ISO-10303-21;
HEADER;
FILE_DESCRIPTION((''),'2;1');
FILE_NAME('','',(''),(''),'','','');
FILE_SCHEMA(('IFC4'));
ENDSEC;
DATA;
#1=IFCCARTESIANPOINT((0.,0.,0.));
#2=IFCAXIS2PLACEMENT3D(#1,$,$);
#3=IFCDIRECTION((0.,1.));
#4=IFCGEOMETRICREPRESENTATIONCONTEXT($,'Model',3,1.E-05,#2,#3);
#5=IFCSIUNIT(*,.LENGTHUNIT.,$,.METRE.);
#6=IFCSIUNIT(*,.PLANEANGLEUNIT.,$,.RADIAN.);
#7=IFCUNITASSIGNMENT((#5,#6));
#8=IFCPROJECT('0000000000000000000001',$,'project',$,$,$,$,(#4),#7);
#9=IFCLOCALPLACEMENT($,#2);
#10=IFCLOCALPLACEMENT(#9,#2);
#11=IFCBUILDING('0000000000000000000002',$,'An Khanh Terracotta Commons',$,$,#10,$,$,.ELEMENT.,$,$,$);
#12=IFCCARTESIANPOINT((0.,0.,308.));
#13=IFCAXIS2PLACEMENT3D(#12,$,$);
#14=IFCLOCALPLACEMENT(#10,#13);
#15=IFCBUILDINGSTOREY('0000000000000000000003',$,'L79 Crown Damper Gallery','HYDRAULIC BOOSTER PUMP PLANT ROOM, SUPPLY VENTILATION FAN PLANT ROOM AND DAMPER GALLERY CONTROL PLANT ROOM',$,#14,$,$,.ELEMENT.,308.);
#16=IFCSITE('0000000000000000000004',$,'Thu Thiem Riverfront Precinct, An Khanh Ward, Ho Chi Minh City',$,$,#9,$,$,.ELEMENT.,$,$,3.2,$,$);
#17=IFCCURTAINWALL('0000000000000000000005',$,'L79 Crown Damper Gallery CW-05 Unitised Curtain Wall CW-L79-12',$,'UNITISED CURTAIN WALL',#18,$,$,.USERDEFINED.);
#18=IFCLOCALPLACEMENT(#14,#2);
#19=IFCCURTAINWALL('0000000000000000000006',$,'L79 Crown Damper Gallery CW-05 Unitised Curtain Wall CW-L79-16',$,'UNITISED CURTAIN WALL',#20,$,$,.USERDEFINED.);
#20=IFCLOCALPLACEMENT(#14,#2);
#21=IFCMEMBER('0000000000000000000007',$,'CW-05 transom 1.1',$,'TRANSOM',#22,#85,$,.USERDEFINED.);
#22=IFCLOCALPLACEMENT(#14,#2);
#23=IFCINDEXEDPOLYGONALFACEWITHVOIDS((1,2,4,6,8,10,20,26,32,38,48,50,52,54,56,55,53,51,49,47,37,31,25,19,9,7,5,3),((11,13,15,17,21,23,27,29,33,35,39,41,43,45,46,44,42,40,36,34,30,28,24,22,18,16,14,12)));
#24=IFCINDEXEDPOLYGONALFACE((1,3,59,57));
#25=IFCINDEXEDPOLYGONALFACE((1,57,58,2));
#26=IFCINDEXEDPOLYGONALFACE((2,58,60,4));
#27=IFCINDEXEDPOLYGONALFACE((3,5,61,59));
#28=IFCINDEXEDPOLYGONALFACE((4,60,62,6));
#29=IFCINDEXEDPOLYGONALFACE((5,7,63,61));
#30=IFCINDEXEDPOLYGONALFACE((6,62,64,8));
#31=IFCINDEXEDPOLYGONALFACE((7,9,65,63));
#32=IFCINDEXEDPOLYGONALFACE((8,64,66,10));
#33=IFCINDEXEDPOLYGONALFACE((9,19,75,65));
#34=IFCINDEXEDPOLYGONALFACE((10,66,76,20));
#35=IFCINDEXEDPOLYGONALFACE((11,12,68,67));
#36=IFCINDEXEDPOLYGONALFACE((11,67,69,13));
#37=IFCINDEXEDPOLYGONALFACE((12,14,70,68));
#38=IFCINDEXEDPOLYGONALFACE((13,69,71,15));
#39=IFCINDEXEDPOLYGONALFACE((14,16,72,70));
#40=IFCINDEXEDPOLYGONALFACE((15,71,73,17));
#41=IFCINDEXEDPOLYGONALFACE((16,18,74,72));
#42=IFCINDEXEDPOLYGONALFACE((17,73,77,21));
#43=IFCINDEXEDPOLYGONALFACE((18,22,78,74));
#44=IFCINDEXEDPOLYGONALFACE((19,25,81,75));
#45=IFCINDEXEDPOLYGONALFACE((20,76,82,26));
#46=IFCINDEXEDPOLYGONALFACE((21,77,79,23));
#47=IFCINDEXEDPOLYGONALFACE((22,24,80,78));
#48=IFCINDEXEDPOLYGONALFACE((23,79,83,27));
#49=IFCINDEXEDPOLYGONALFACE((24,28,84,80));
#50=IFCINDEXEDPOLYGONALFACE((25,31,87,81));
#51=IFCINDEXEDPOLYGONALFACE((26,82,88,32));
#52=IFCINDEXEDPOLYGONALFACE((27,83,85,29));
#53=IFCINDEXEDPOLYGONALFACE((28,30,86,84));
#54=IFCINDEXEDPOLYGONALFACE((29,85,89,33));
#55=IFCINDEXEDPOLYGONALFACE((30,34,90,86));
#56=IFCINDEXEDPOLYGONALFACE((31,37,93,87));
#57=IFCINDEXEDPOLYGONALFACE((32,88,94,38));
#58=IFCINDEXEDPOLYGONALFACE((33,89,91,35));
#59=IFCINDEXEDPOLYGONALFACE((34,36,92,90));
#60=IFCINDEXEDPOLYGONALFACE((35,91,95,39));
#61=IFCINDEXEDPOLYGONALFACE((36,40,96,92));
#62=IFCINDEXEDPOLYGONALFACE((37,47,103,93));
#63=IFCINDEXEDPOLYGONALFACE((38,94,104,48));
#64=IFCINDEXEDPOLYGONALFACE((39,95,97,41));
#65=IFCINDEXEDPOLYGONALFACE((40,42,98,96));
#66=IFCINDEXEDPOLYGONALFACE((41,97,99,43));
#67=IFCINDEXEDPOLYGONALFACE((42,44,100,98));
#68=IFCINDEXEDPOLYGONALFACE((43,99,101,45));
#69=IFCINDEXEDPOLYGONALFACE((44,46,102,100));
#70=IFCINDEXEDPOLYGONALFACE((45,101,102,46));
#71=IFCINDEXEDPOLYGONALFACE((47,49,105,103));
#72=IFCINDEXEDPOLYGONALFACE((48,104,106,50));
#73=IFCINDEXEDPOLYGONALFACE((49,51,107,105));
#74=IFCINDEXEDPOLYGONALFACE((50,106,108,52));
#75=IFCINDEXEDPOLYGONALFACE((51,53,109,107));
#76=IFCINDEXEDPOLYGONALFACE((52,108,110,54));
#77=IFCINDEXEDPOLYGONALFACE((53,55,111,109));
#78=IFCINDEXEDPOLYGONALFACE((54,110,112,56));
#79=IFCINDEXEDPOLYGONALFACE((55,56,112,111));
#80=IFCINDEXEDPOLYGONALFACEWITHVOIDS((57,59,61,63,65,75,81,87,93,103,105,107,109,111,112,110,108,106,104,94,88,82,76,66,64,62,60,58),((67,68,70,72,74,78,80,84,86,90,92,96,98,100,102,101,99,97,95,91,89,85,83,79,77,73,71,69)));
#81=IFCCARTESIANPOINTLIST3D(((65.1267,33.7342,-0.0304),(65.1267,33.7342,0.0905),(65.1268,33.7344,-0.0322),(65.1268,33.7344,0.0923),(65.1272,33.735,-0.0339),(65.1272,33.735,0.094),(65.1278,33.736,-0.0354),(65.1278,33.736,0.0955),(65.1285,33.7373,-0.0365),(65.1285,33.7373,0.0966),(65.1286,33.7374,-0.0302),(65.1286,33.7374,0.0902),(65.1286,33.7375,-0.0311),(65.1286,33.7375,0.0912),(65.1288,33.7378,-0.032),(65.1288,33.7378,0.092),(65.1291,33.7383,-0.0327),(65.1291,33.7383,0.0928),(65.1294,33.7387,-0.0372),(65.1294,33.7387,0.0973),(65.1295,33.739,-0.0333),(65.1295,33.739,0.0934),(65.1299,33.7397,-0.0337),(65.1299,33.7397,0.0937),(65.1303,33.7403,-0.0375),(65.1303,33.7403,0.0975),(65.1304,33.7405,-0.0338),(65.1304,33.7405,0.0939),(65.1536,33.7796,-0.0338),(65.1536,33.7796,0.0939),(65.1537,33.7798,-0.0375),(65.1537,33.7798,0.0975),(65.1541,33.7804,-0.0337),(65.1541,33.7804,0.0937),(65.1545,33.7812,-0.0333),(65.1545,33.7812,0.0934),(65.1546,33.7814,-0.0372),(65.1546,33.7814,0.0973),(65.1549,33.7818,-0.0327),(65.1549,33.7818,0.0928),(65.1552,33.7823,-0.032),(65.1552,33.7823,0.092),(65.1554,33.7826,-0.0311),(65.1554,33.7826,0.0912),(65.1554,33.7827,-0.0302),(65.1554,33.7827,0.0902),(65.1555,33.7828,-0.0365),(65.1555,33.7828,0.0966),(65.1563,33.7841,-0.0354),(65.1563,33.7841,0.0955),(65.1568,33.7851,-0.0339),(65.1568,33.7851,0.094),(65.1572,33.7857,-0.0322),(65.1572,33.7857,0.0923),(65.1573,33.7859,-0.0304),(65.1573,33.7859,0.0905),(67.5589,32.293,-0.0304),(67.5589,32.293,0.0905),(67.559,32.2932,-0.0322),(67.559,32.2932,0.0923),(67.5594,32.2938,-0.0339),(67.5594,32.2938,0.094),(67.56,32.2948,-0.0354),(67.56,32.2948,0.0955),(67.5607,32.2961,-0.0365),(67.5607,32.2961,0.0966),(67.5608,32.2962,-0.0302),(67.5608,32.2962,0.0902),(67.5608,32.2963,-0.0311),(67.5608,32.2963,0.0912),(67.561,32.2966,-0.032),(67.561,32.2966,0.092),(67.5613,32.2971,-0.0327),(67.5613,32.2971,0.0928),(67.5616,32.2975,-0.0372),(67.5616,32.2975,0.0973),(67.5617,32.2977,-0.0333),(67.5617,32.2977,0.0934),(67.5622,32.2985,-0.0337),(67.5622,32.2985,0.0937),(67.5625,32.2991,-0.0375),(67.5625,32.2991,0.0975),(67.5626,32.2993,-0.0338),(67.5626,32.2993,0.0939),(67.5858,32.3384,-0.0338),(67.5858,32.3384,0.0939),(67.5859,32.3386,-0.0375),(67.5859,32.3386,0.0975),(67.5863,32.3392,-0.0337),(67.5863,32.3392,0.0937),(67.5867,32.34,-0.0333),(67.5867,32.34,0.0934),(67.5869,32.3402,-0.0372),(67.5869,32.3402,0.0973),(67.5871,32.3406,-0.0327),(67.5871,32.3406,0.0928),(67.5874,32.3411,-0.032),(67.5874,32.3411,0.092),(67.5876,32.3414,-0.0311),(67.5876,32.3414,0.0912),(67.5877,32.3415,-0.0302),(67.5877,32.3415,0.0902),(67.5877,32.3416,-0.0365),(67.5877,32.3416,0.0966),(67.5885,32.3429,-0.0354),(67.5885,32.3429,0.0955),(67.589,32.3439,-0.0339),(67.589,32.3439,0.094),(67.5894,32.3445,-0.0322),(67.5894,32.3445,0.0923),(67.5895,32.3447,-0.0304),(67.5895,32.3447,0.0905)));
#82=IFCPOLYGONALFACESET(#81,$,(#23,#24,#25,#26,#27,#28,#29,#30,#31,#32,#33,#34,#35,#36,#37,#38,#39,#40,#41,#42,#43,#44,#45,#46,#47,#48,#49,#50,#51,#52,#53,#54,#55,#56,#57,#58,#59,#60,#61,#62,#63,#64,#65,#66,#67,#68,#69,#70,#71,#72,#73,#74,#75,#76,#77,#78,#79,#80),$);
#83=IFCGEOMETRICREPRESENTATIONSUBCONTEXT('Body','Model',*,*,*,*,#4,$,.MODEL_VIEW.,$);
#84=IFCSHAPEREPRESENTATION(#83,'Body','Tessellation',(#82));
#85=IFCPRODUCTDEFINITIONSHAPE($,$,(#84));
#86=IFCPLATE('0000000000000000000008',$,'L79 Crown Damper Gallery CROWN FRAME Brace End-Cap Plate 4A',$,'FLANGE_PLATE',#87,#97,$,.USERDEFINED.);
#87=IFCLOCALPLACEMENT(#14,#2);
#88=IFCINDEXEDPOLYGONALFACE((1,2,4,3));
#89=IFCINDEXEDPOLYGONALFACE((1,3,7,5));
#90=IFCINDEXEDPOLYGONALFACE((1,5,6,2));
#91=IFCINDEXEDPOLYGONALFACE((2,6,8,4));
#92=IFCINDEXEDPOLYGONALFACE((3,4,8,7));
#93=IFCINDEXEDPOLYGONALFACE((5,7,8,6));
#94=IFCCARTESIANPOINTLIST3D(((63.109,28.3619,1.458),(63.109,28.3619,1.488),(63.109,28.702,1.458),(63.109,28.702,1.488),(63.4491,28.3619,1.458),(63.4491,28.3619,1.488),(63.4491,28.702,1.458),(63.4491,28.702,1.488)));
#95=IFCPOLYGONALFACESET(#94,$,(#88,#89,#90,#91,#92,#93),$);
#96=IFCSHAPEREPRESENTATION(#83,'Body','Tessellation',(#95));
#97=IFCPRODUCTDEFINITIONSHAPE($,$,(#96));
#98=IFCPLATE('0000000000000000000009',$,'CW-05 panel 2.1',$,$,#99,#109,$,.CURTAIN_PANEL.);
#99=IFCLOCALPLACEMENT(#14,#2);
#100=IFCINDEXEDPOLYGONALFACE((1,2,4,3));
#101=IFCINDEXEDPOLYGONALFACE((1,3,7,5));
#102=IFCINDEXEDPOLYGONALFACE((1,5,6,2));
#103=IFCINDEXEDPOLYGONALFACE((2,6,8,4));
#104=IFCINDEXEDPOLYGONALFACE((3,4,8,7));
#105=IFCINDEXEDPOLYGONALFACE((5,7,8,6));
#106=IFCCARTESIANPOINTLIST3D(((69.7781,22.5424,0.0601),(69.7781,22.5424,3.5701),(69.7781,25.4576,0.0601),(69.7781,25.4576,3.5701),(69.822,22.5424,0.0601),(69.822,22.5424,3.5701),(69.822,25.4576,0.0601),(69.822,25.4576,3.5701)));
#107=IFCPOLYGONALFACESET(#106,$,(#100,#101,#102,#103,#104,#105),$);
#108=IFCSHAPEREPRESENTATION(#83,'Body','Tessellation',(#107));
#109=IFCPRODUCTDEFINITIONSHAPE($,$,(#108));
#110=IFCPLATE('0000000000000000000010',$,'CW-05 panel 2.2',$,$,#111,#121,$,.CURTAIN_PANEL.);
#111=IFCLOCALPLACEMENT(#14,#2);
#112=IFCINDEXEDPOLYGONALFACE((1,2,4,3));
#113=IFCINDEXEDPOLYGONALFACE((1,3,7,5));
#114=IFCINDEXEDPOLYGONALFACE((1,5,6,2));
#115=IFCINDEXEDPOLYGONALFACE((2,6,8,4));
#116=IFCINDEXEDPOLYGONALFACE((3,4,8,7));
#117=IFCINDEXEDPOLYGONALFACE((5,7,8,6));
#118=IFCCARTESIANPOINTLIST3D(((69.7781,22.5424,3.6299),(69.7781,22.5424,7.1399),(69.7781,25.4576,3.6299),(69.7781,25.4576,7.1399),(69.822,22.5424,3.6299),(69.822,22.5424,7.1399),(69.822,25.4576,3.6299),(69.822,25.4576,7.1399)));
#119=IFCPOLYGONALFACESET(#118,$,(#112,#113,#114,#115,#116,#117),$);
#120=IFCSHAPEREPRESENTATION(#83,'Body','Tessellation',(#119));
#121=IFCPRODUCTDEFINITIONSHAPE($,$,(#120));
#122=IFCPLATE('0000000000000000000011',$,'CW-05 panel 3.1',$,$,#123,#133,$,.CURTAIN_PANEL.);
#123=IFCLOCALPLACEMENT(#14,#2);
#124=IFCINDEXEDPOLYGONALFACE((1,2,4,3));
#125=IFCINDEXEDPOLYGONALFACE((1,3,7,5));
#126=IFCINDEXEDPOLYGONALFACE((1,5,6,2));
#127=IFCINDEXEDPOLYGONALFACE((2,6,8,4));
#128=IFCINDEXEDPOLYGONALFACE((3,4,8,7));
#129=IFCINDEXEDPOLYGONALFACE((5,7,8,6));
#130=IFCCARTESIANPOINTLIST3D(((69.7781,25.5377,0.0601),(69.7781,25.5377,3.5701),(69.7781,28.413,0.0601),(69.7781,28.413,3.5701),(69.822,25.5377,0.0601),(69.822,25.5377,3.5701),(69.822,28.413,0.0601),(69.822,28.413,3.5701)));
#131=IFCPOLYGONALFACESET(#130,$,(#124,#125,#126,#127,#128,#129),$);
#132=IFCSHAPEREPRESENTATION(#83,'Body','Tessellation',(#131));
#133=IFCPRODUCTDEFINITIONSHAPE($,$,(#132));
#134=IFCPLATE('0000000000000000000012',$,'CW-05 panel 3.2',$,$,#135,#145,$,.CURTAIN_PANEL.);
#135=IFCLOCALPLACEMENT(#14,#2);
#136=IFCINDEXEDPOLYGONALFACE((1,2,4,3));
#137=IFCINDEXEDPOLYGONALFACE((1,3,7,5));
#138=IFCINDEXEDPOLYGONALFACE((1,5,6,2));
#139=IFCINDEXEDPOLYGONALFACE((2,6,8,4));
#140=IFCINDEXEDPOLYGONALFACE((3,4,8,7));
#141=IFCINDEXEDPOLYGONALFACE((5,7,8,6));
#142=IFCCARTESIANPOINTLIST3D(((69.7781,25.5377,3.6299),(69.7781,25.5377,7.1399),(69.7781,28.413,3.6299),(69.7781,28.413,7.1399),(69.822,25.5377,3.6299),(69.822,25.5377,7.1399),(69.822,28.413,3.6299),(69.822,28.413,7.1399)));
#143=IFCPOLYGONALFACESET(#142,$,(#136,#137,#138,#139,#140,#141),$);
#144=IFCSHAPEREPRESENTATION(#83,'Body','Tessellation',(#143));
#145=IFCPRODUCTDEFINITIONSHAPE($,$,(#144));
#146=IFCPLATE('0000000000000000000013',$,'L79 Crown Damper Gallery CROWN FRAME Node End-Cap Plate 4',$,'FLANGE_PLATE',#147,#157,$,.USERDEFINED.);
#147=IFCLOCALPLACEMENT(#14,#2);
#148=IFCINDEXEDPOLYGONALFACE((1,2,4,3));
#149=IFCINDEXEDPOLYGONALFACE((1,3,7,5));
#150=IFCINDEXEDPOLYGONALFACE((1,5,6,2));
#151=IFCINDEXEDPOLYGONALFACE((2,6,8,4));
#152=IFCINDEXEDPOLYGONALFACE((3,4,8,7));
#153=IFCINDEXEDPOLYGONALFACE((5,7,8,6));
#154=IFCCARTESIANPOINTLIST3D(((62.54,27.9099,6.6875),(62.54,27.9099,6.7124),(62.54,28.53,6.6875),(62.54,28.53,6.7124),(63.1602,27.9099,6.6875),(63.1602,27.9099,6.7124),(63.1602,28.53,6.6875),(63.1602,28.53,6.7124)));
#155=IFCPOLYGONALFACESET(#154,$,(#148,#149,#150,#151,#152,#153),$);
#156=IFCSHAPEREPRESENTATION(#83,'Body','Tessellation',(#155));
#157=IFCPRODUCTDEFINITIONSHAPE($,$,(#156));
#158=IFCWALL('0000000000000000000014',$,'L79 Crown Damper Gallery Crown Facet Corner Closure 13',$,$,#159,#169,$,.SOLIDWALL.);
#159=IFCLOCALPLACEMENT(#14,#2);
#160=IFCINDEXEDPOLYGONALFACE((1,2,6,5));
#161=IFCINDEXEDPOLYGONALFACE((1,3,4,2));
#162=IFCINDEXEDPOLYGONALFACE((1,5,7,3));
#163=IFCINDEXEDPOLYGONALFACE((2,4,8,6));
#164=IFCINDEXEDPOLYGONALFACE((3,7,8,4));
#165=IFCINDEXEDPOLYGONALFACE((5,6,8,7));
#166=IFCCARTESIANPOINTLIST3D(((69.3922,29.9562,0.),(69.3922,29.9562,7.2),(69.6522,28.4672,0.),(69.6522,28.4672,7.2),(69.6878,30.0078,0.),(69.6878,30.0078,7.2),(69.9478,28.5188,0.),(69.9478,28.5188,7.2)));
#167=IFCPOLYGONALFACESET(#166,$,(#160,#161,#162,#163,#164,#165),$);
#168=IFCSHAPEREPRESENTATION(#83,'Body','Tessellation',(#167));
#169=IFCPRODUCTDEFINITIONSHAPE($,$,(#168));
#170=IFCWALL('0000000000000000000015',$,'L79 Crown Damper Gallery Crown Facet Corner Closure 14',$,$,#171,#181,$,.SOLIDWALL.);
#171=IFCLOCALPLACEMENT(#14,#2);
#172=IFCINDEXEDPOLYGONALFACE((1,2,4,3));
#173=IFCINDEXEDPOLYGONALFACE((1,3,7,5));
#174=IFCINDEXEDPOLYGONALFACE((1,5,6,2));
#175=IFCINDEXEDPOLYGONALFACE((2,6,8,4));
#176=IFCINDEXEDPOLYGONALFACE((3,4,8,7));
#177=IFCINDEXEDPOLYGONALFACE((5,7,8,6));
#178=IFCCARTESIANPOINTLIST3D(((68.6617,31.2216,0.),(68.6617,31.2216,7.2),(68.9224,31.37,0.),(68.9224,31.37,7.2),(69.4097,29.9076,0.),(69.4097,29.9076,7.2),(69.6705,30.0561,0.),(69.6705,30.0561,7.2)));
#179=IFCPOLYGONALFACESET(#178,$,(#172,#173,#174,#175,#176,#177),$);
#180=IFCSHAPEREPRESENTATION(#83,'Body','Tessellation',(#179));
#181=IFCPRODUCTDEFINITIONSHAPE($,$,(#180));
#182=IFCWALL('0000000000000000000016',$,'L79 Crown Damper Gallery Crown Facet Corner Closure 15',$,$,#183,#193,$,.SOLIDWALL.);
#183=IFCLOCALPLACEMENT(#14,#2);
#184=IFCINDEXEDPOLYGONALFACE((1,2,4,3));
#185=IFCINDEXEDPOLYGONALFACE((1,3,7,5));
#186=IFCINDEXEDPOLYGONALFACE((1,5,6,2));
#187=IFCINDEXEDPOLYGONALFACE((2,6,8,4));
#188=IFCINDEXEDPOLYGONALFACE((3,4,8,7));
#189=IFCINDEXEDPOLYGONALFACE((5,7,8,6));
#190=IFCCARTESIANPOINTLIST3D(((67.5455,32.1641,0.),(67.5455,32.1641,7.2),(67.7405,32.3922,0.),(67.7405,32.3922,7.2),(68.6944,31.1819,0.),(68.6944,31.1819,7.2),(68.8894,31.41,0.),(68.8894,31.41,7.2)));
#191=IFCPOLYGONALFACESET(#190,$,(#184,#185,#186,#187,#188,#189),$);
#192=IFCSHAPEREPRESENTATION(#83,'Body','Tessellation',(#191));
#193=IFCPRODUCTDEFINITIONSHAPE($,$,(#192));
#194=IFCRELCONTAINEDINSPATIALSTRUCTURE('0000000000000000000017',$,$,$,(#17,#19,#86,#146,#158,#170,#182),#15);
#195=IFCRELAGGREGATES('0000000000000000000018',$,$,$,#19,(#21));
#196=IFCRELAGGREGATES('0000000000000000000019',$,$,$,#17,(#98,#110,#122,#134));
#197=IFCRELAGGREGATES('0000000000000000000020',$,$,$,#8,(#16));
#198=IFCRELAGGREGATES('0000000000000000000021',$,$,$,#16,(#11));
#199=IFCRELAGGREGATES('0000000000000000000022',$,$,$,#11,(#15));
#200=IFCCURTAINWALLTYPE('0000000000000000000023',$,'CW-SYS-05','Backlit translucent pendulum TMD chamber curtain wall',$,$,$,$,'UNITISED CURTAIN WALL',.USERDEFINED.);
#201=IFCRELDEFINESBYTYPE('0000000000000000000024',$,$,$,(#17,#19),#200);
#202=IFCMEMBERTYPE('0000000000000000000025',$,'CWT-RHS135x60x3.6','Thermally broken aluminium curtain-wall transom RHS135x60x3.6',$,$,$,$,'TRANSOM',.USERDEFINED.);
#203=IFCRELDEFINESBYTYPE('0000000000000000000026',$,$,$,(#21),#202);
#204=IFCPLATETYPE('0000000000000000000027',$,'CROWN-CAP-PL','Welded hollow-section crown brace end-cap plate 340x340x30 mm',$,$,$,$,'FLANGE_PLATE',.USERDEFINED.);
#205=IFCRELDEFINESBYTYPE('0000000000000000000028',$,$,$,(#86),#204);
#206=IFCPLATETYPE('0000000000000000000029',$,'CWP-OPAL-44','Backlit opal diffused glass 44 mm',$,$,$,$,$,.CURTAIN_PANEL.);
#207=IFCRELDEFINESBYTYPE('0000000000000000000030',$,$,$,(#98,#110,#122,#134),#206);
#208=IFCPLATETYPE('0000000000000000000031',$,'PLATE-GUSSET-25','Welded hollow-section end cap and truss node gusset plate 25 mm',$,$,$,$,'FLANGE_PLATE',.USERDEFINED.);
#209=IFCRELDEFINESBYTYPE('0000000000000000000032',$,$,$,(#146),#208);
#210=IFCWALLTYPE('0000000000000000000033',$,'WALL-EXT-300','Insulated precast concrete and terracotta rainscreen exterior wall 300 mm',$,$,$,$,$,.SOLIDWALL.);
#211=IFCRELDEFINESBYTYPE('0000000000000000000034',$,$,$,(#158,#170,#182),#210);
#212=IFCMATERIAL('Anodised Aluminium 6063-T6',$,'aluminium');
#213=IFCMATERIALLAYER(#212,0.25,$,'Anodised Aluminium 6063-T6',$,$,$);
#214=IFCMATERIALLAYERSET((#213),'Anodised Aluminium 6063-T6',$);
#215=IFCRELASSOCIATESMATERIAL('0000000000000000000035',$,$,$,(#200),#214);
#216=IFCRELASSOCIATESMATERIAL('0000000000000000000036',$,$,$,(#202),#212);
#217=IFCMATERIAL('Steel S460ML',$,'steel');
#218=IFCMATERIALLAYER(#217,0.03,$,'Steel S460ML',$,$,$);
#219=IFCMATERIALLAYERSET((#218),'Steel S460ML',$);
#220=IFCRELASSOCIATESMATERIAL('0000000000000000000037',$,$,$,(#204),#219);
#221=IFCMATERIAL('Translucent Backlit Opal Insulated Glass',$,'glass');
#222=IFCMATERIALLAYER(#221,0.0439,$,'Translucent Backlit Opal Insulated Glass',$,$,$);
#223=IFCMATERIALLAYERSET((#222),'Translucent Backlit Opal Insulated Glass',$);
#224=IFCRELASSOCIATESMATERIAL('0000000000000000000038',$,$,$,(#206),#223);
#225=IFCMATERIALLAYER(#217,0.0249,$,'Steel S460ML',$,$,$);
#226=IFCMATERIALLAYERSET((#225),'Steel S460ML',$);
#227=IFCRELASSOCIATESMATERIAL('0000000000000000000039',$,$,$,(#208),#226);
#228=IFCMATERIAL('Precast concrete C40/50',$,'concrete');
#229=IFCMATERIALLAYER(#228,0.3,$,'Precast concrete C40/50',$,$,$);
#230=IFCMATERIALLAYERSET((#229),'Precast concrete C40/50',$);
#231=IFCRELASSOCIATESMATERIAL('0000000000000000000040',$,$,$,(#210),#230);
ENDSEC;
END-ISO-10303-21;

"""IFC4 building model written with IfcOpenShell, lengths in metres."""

from ifc_helpers import new_model, si_unit, direction, frame, frame_2d, origin, origin_2d, place, context, subcontext, project, spatial, rectangle, hollow_rectangle, extrude, material, layer, layer_set, material_profile, profile_set, type_object, element, aggregate, save


model = new_model("IFC4")

# Units and contexts
model_context = context("Model", 3, precision=1e-05, world=origin(), true_north=direction((0.0, 1.0)))
body_context = subcontext(model_context, "Body", "Model", "MODEL_VIEW")
ifc_project = project(units=[si_unit("LENGTHUNIT", "METRE"), si_unit("PLANEANGLEUNIT", "RADIAN")], contexts=[model_context])

# Site, building, storey
site_placement = place(None, origin())
site = spatial("IfcSite", under=ifc_project, at=site_placement, Name="Thu Thiem Riverfront Precinct, An Khanh Ward, Ho Chi Minh City", CompositionType="ELEMENT", RefElevation=3.2)
building_placement = place(site_placement, origin())
building = spatial("IfcBuilding", under=site, at=building_placement, Name="An Khanh Terracotta Commons", CompositionType="ELEMENT")
storey_placement = place(building_placement, frame((0.0, 0.0, 308.0)))
storey = spatial("IfcBuildingStorey", under=building, at=storey_placement, Name="L79 Crown Damper Gallery", Description="HYDRAULIC BOOSTER PUMP PLANT ROOM, SUPPLY VENTILATION FAN PLANT ROOM AND DAMPER GALLERY CONTROL PLANT ROOM", CompositionType="ELEMENT", Elevation=308.0)

# Shared definitions
ifc_material_1 = material(Name="Steel S460ML", Category="steel")

# Curtain wall
ifc_material_2 = material(Name="Anodised Aluminium 6063-T6", Category="aluminium")
ifc_layer_1 = layer(ifc_material_2, 0.25, Name="Anodised Aluminium 6063-T6")
ifc_layer_set_1 = layer_set([ifc_layer_1], Name="Anodised Aluminium 6063-T6")
curtain_wall_type = type_object("IfcCurtainWallType", Name="CW-SYS-05", Description="Backlit translucent pendulum TMD chamber curtain wall", ElementType="UNITISED CURTAIN WALL", PredefinedType="USERDEFINED", material=ifc_layer_set_1)
curtain_wall_1_placement = place(storey_placement, origin())
curtain_wall_1 = element("IfcCurtainWall", 1, at=curtain_wall_1_placement, inside=storey, type_object=curtain_wall_type, Name="L79 Crown Damper Gallery CW-05 Unitised Curtain Wall CW-L79-12", ObjectType="UNITISED CURTAIN WALL", PredefinedType="USERDEFINED")

# Curtain wall
curtain_wall_2_placement = place(storey_placement, origin())
curtain_wall_2 = element("IfcCurtainWall", 2, at=curtain_wall_2_placement, inside=storey, type_object=curtain_wall_type, Name="L79 Crown Damper Gallery CW-05 Unitised Curtain Wall CW-L79-16", ObjectType="UNITISED CURTAIN WALL", PredefinedType="USERDEFINED")

# Member
ifc_material_profile_1 = material_profile(ifc_material_2, hollow_rectangle(XDim=0.0601, YDim=0.135, WallThickness=0.0037, InnerFilletRadius=0.0037, OuterFilletRadius=0.0071, at=origin_2d()), Name="RHS135x60x3.6")
ifc_profile_set_1 = profile_set([ifc_material_profile_1], Name="Anodised Aluminium 6063-T6")
member_type_1 = type_object("IfcMemberType", Name="CWT-RHS135x60x3.6", Description="Thermally broken aluminium curtain-wall transom RHS135x60x3.6", ElementType="TRANSOM", PredefinedType="USERDEFINED", material=ifc_profile_set_1)
member_1_placement = place(storey_placement, frame((67.5742, 32.3188, 0.03), z_axis=(-0.860307, 0.509776, 0.0), x_axis=(-0.509776, -0.860307, 0.0)))
member_1 = element("IfcMember", 3, at=member_1_placement, type_object=member_type_1, Name="CW-05 transom 1.1", ObjectType="TRANSOM", PredefinedType="USERDEFINED", context=body_context, shape_type="SweptSolid", body=[
    extrude(hollow_rectangle(XDim=0.0601, YDim=0.135, WallThickness=0.0037, InnerFilletRadius=0.0037, OuterFilletRadius=0.0071, at=origin_2d()), origin(), (0.0, 0.0, 1.0), 2.8271),
])
aggregate(curtain_wall_2, [member_1])

# Plates
ifc_layer_2 = layer(ifc_material_1, 0.03, Name="Steel S460ML")
ifc_layer_set_2 = layer_set([ifc_layer_2], Name="Steel S460ML")
plate_type_1 = type_object("IfcPlateType", Name="CROWN-CAP-PL", Description="Welded hollow-section crown brace end-cap plate 340x340x30 mm", ElementType="FLANGE_PLATE", PredefinedType="USERDEFINED", material=ifc_layer_set_2)
plate_1_placement = place(storey_placement, frame((63.2791, 28.532, 1.458), z_axis=(0.0, 0.0, 1.0), x_axis=(1.0, 0.0, 0.0)))
element("IfcPlate", 4, at=plate_1_placement, inside=storey, type_object=plate_type_1, Name="L79 Crown Damper Gallery CROWN FRAME Brace End-Cap Plate 4A", ObjectType="FLANGE_PLATE", PredefinedType="USERDEFINED", context=body_context, shape_type="SweptSolid", body=[
    extrude(rectangle(XDim=0.3401, YDim=0.3401, at=origin_2d()), origin(), (0.0, 0.0, 1.0), 0.03),
])
ifc_material_3 = material(Name="Translucent Backlit Opal Insulated Glass", Category="glass")
ifc_layer_3 = layer(ifc_material_3, 0.0439, Name="Translucent Backlit Opal Insulated Glass")
ifc_layer_set_3 = layer_set([ifc_layer_3], Name="Translucent Backlit Opal Insulated Glass")
plate_type_2 = type_object("IfcPlateType", Name="CWP-OPAL-44", Description="Backlit opal diffused glass 44 mm", PredefinedType="CURTAIN_PANEL", material=ifc_layer_set_3)
plate_2_placement = place(storey_placement, frame((69.8, 24.0, 0.0601), z_axis=(0.0, 0.0, 1.0), x_axis=(0.0, 1.0, 0.0)))
plate_2 = element("IfcPlate", 5, at=plate_2_placement, type_object=plate_type_2, Name="CW-05 panel 2.1", PredefinedType="CURTAIN_PANEL", context=body_context, shape_type="SweptSolid", body=[
    extrude(rectangle(XDim=2.9153, YDim=0.0439, at=origin_2d()), origin(), (0.0, 0.0, 1.0), 3.51),
])
plate_3_placement = place(storey_placement, frame((69.8, 24.0, 3.6299), z_axis=(0.0, 0.0, 1.0), x_axis=(0.0, 1.0, 0.0)))
plate_3 = element("IfcPlate", 6, at=plate_3_placement, type_object=plate_type_2, Name="CW-05 panel 2.2", PredefinedType="CURTAIN_PANEL", context=body_context, shape_type="SweptSolid", body=[
    extrude(rectangle(XDim=2.9153, YDim=0.0439, at=origin_2d()), origin(), (0.0, 0.0, 1.0), 3.51),
])
plate_4_placement = place(storey_placement, frame((69.8, 26.9753, 0.0601), z_axis=(0.0, 0.0, 1.0), x_axis=(0.0, 1.0, 0.0)))
plate_4 = element("IfcPlate", 7, at=plate_4_placement, type_object=plate_type_2, Name="CW-05 panel 3.1", PredefinedType="CURTAIN_PANEL", context=body_context, shape_type="SweptSolid", body=[
    extrude(rectangle(XDim=2.8752, YDim=0.0439, at=origin_2d()), origin(), (0.0, 0.0, 1.0), 3.51),
])
plate_5_placement = place(storey_placement, frame((69.8, 26.9753, 3.6299), z_axis=(0.0, 0.0, 1.0), x_axis=(0.0, 1.0, 0.0)))
plate_5 = element("IfcPlate", 8, at=plate_5_placement, type_object=plate_type_2, Name="CW-05 panel 3.2", PredefinedType="CURTAIN_PANEL", context=body_context, shape_type="SweptSolid", body=[
    extrude(rectangle(XDim=2.8752, YDim=0.0439, at=origin_2d()), origin(), (0.0, 0.0, 1.0), 3.51),
])
aggregate(curtain_wall_1, [plate_2, plate_3, plate_4, plate_5])
ifc_layer_4 = layer(ifc_material_1, 0.0249, Name="Steel S460ML")
ifc_layer_set_4 = layer_set([ifc_layer_4], Name="Steel S460ML")
plate_type_3 = type_object("IfcPlateType", Name="PLATE-GUSSET-25", Description="Welded hollow-section end cap and truss node gusset plate 25 mm", ElementType="FLANGE_PLATE", PredefinedType="USERDEFINED", material=ifc_layer_set_4)
plate_6_placement = place(storey_placement, frame((62.8501, 28.22, 6.6875), z_axis=(0.0, 0.0, 1.0), x_axis=(1.0, 0.0, 0.0)))
element("IfcPlate", 9, at=plate_6_placement, inside=storey, type_object=plate_type_3, Name="L79 Crown Damper Gallery CROWN FRAME Node End-Cap Plate 4", ObjectType="FLANGE_PLATE", PredefinedType="USERDEFINED", context=body_context, shape_type="SweptSolid", body=[
    extrude(rectangle(XDim=0.6201, YDim=0.6201, at=origin_2d()), origin(), (0.0, 0.0, 1.0), 0.0249),
])

# Walls
ifc_material_4 = material(Name="Precast concrete C40/50", Category="concrete")
ifc_layer_5 = layer(ifc_material_4, 0.3, Name="Precast concrete C40/50")
ifc_layer_set_5 = layer_set([ifc_layer_5], Name="Precast concrete C40/50")
wall_type = type_object("IfcWallType", Name="WALL-EXT-300", Description="Insulated precast concrete and terracotta rainscreen exterior wall 300 mm", PredefinedType="SOLIDWALL", material=ifc_layer_set_5)
wall_1_placement = place(storey_placement, frame((69.8, 28.4929, 0.0), z_axis=(0.0, 0.0, 1.0), x_axis=(-0.172016, 0.985094, 0.0)))
element("IfcWall", 10, at=wall_1_placement, inside=storey, type_object=wall_type, Name="L79 Crown Damper Gallery Crown Facet Corner Closure 13", PredefinedType="SOLIDWALL", context=body_context, shape_type="SweptSolid", body=[
    extrude(rectangle(XDim=1.5115, YDim=0.3, at=frame_2d((0.7559, 0.0))), origin(), (0.0, 0.0, 1.0), 7.2),
])
wall_2_placement = place(storey_placement, frame((69.54, 29.9819, 0.0), z_axis=(0.0, 0.0, 1.0), x_axis=(-0.494747, 0.869037, 0.0)))
element("IfcWall", 11, at=wall_2_placement, inside=storey, type_object=wall_type, Name="L79 Crown Damper Gallery Crown Facet Corner Closure 14", PredefinedType="SOLIDWALL", context=body_context, shape_type="SweptSolid", body=[
    extrude(rectangle(XDim=1.512, YDim=0.3, at=frame_2d((0.7559, 0.0))), origin(), (0.0, 0.0, 1.0), 7.2),
])
wall_3_placement = place(storey_placement, frame((68.792, 31.2959, 0.0), z_axis=(0.0, 0.0, 1.0), x_axis=(-0.760111, 0.649793, 0.0)))
element("IfcWall", 12, at=wall_3_placement, inside=storey, type_object=wall_type, Name="L79 Crown Damper Gallery Crown Facet Corner Closure 15", PredefinedType="SOLIDWALL", context=body_context, shape_type="SweptSolid", body=[
    extrude(rectangle(XDim=1.5115, YDim=0.3, at=frame_2d((0.7559, 0.0))), origin(), (0.0, 0.0, 1.0), 7.2),
])

save(model, "model.ifc")
